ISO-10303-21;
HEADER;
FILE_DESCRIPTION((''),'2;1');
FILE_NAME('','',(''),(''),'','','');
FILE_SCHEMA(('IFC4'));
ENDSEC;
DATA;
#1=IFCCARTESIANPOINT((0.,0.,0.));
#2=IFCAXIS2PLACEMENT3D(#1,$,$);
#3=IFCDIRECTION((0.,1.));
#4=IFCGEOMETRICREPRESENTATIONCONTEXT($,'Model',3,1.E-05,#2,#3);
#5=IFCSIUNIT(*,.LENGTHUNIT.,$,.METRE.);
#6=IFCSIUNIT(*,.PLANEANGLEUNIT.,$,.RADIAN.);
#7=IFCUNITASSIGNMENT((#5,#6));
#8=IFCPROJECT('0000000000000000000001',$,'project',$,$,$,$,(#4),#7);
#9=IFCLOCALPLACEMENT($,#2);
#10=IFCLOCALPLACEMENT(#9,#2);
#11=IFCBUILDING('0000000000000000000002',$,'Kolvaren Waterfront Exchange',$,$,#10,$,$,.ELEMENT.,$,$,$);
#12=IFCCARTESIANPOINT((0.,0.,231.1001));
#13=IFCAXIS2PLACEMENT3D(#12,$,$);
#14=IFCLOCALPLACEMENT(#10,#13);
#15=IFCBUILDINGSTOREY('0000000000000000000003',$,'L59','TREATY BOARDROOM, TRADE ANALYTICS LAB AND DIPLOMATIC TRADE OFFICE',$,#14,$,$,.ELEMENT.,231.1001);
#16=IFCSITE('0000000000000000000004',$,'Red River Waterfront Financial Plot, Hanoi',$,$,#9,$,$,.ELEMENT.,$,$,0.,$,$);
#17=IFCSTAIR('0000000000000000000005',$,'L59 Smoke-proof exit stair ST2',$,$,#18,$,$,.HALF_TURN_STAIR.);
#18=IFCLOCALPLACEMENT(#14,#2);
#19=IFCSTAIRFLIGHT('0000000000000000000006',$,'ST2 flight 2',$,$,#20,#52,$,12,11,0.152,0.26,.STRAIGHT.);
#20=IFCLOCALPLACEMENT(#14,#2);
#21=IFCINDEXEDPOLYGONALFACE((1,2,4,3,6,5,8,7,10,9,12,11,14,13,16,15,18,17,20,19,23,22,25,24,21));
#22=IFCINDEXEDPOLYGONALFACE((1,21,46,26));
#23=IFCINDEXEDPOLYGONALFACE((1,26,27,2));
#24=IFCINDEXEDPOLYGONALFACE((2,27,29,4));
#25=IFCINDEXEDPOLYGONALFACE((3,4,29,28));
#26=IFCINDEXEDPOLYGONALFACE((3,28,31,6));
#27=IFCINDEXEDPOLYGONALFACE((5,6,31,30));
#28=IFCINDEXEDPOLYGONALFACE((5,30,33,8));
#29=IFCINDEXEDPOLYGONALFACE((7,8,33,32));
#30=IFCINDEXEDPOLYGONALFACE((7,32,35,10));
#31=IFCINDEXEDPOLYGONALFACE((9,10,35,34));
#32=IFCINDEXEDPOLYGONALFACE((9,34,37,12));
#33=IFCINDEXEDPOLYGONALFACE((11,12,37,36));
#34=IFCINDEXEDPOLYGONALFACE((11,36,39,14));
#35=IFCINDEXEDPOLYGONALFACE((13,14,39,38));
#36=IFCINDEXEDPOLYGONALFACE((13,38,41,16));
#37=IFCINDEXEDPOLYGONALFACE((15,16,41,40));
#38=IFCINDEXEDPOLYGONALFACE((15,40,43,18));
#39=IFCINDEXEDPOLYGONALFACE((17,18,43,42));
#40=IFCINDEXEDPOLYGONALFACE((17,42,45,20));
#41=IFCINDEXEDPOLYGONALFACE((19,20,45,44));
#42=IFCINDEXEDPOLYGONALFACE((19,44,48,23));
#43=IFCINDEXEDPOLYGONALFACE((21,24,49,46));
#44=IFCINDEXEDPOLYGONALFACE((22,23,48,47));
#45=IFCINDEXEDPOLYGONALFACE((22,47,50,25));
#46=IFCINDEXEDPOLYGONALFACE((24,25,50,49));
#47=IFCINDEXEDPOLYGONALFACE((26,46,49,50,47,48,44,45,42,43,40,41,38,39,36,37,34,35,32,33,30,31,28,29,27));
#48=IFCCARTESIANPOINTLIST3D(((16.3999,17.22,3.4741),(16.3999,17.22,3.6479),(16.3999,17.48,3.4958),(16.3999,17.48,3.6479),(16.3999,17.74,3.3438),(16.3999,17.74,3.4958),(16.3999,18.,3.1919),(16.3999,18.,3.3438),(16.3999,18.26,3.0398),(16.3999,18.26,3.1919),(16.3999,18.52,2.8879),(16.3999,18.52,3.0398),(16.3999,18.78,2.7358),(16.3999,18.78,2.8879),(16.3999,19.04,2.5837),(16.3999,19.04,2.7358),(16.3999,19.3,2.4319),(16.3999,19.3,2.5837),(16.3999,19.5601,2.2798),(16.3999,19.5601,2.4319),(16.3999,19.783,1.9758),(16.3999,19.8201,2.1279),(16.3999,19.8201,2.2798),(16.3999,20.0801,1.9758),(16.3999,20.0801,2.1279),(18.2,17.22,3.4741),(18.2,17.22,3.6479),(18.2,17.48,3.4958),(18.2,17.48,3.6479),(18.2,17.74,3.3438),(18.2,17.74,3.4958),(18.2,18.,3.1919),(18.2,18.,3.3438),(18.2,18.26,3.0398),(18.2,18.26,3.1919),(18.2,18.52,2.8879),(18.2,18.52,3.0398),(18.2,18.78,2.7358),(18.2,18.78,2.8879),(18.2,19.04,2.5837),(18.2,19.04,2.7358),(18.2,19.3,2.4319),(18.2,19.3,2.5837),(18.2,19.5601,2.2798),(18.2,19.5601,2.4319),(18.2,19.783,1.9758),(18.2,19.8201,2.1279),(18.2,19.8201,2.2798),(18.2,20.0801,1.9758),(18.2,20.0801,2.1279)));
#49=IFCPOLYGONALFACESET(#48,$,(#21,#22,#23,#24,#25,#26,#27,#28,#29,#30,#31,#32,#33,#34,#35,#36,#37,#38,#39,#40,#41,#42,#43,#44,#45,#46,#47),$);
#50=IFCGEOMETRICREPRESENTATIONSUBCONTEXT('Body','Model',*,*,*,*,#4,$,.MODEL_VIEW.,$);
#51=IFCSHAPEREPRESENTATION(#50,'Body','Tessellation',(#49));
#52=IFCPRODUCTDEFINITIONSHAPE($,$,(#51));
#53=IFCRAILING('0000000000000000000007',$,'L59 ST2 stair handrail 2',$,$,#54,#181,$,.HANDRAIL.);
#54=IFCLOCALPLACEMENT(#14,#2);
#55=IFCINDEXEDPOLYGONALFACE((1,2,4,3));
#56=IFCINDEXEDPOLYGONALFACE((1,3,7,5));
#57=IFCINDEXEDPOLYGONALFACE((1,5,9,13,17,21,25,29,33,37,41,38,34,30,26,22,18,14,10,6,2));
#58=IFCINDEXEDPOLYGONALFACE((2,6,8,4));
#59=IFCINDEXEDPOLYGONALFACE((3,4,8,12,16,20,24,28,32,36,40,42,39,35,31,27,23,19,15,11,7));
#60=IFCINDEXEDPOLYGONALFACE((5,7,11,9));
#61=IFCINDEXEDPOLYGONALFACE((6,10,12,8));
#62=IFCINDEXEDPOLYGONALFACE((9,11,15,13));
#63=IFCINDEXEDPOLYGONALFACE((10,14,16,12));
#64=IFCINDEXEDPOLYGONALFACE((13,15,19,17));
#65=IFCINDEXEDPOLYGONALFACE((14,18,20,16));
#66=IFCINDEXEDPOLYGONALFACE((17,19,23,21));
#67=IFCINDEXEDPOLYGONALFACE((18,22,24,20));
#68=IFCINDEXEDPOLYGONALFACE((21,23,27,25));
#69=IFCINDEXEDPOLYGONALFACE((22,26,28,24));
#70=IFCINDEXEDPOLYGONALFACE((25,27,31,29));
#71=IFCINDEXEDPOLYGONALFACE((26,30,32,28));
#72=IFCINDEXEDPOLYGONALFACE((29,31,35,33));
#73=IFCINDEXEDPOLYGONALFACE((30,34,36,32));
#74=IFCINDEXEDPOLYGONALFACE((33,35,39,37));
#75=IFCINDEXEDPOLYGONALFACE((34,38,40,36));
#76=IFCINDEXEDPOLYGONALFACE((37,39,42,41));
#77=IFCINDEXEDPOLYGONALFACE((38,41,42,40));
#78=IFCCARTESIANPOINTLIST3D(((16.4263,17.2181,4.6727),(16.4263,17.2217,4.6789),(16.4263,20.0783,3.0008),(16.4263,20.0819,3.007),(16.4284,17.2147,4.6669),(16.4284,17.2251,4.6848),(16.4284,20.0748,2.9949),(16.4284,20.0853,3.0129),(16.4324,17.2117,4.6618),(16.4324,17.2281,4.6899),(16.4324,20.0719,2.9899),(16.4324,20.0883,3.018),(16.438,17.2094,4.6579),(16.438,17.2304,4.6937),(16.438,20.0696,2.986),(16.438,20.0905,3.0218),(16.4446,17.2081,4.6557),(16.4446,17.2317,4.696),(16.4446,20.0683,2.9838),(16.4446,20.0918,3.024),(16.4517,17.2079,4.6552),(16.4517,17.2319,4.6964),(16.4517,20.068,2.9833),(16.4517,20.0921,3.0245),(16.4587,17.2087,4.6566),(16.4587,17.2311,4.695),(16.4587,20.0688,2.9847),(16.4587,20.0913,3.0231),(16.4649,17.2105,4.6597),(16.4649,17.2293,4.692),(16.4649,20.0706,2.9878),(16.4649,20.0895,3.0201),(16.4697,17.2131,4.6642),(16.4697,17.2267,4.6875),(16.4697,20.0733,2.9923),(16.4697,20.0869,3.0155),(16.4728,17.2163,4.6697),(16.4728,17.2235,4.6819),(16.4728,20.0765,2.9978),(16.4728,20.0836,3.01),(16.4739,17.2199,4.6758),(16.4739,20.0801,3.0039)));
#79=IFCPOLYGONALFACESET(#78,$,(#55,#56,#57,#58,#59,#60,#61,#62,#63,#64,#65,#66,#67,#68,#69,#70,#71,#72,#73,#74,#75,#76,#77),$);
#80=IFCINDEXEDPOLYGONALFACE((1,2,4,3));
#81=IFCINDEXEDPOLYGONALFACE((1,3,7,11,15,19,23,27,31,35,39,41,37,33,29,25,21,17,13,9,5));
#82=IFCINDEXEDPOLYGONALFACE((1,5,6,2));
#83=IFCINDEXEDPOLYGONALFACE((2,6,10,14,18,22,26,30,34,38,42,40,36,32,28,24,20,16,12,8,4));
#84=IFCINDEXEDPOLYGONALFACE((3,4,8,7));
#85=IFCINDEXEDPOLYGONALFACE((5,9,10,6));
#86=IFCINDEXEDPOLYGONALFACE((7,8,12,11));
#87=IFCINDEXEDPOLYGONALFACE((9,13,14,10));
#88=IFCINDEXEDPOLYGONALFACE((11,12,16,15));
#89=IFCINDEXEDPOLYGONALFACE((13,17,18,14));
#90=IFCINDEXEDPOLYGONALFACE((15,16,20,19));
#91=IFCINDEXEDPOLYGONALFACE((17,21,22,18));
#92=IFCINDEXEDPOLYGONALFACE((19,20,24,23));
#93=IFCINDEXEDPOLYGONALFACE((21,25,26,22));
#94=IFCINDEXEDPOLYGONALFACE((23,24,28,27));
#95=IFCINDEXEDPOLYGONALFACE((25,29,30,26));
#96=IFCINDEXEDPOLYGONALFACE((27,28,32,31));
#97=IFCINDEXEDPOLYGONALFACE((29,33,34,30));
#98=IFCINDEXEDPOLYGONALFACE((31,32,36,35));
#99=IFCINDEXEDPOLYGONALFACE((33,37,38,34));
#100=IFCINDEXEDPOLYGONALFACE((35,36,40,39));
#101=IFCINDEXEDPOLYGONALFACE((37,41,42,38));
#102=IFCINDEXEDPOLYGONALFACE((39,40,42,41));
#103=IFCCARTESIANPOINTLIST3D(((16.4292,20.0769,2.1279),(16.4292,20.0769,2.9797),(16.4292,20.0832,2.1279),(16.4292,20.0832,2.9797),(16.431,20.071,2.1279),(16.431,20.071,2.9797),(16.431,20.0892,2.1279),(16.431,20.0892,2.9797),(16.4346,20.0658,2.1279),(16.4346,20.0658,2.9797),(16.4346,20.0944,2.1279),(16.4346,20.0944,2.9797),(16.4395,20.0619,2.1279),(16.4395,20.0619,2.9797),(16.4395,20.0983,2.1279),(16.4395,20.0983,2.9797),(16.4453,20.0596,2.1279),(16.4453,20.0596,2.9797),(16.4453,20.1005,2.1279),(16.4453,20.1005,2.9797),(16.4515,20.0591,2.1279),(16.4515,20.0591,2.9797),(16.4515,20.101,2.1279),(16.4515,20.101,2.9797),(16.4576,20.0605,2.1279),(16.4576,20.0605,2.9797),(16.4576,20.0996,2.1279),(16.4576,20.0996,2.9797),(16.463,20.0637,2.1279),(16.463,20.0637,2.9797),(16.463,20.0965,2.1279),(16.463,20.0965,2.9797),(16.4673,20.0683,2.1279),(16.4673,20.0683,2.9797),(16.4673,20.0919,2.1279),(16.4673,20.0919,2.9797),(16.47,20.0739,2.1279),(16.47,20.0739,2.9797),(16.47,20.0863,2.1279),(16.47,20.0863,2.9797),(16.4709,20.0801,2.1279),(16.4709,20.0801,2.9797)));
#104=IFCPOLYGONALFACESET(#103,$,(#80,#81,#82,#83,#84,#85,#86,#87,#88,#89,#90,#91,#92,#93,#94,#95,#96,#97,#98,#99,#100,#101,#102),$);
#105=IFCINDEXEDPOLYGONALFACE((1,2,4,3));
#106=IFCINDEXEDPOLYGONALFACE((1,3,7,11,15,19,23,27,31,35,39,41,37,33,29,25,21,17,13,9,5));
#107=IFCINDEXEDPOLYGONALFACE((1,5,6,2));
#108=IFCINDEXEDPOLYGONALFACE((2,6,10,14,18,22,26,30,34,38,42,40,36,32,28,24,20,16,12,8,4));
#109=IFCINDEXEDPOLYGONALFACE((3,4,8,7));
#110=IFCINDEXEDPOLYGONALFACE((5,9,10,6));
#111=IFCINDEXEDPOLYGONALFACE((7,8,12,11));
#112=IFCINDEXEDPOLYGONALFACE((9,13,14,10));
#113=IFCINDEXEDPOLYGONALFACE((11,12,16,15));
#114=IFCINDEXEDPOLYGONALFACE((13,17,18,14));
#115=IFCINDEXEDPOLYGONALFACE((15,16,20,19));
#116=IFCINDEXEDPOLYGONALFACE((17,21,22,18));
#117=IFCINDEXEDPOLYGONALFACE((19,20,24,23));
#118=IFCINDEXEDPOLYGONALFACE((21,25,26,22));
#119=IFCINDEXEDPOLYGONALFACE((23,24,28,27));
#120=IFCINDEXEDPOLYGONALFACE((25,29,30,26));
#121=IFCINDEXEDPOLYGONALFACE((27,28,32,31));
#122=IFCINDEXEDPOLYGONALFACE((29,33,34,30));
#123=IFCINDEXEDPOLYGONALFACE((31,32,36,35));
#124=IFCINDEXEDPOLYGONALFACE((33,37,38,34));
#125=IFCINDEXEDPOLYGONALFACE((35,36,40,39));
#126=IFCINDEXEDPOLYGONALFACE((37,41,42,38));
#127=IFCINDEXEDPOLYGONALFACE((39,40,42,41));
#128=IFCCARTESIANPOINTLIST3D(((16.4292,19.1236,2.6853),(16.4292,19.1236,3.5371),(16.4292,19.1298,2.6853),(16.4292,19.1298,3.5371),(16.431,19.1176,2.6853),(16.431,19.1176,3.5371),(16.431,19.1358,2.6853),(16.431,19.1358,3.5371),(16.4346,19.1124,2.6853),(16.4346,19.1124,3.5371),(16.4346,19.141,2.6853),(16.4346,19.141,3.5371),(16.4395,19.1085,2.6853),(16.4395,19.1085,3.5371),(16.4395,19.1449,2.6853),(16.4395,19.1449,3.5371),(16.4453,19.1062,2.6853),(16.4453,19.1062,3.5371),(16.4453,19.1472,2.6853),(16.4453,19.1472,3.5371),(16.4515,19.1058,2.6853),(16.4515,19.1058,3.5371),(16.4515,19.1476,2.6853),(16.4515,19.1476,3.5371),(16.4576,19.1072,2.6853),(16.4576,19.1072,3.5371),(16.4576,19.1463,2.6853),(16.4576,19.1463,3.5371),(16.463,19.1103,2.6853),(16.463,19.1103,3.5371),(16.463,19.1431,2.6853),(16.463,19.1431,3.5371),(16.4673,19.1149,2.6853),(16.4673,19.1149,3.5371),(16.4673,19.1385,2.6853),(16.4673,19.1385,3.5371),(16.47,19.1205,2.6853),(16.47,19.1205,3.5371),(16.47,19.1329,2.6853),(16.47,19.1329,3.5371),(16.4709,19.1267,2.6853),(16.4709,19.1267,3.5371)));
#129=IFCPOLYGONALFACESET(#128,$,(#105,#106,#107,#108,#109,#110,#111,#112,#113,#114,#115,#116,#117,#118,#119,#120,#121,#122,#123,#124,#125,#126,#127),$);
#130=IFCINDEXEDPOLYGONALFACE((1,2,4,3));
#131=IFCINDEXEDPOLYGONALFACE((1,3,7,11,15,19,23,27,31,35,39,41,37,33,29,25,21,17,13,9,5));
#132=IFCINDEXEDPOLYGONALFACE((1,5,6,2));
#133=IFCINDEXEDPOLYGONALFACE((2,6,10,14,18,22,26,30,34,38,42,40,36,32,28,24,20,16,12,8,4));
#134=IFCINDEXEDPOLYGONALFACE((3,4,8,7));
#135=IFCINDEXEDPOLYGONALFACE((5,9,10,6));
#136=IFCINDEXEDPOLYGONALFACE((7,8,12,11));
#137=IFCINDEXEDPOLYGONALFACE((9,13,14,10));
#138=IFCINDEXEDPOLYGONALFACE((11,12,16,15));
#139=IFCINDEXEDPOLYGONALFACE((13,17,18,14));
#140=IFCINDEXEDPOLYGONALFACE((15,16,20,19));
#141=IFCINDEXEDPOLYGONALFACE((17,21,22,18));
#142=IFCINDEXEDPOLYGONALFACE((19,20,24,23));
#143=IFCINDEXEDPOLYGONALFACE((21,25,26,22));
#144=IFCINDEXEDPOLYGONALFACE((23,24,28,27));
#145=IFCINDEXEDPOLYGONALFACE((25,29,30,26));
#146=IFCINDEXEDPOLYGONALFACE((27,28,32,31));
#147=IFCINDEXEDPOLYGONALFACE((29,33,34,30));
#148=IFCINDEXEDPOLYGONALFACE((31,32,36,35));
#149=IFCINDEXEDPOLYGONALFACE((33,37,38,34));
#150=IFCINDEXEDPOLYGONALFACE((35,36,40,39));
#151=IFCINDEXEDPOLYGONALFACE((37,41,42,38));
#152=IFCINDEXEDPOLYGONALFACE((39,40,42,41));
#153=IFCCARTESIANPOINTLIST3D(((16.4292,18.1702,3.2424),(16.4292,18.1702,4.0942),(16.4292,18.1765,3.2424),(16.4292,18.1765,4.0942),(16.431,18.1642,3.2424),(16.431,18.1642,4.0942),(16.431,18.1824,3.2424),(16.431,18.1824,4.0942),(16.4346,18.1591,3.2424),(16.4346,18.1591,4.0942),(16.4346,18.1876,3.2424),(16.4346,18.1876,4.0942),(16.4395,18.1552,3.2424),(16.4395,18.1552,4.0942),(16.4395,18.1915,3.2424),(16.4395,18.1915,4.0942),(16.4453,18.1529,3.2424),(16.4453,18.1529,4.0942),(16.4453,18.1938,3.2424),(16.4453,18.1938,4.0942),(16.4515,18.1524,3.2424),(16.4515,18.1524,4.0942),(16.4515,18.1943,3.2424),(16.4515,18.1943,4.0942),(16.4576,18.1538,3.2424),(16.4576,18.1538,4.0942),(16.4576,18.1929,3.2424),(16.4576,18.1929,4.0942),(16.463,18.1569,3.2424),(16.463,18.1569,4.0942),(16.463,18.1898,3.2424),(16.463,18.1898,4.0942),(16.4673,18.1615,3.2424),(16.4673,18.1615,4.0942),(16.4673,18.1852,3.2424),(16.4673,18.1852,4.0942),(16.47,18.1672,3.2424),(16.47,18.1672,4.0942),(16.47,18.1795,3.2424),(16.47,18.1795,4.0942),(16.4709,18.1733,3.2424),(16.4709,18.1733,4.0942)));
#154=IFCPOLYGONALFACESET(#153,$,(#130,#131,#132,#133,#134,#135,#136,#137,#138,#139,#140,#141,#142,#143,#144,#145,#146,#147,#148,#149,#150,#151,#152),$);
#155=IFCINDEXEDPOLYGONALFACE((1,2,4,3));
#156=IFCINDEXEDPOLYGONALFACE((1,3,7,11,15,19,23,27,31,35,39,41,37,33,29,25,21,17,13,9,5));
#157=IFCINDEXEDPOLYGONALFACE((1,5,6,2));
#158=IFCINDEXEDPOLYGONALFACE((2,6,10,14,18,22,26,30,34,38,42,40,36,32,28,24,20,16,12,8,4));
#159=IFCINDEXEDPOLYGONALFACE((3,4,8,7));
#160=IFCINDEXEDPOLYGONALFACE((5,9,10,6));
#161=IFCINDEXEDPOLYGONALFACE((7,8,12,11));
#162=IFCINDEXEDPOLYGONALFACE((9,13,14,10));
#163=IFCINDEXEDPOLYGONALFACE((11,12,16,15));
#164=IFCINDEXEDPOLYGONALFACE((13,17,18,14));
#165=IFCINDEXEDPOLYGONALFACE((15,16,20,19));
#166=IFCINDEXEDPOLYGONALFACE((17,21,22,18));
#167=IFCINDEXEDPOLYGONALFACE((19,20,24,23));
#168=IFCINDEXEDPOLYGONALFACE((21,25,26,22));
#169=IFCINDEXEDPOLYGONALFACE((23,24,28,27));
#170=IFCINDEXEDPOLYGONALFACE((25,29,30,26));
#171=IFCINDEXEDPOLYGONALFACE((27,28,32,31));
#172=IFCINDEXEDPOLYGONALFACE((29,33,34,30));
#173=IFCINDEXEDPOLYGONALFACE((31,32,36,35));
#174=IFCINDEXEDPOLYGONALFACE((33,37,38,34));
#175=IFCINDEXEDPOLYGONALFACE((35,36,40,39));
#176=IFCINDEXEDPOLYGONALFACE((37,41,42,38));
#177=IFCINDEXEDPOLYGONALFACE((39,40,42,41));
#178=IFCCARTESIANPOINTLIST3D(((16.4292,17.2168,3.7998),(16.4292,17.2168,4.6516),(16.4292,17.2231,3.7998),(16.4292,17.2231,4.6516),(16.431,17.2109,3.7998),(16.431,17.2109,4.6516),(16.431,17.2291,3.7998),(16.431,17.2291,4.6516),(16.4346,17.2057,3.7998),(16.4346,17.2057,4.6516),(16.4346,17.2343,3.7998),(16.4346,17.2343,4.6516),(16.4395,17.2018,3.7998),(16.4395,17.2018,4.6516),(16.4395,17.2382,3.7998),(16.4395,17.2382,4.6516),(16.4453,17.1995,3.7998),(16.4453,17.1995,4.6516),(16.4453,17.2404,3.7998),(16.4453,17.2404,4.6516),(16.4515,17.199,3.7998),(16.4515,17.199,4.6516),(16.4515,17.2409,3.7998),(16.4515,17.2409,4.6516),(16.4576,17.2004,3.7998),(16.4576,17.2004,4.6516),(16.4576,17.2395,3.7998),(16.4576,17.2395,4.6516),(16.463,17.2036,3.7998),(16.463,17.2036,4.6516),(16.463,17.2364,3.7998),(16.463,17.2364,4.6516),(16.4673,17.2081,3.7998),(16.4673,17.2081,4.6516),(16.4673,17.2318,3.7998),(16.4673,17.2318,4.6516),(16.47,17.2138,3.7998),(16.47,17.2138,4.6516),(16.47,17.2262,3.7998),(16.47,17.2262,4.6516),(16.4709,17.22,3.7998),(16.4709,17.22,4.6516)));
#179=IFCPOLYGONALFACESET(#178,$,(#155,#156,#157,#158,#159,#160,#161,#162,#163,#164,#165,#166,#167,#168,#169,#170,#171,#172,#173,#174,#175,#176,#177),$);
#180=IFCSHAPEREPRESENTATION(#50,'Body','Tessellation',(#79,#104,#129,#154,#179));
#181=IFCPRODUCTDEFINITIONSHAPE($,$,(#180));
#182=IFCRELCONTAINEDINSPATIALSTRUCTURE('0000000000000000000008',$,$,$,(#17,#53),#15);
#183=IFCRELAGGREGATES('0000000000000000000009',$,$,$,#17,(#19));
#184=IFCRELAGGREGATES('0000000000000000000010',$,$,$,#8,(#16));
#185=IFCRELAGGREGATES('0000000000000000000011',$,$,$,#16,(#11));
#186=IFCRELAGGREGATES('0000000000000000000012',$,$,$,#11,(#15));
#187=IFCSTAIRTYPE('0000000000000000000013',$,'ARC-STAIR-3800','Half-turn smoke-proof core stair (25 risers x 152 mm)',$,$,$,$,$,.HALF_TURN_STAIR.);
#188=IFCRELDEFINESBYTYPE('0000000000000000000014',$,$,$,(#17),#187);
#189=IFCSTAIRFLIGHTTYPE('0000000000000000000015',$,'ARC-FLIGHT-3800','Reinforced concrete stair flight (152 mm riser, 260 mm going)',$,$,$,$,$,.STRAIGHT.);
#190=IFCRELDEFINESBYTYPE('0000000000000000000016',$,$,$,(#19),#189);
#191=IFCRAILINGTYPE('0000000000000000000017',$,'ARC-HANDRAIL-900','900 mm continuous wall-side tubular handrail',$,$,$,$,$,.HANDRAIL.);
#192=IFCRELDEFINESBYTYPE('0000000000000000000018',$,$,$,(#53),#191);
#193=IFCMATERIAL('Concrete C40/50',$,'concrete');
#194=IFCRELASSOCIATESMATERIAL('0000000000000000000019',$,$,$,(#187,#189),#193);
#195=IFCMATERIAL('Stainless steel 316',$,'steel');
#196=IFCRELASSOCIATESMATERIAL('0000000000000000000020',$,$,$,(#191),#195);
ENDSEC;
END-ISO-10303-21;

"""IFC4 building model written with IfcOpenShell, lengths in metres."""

from ifc_helpers import new_model, si_unit, direction, frame, origin, origin_2d, place, context, subcontext, project, spatial, polyline, circle, outline, extrude, material, type_object, element, aggregate, save


model = new_model("IFC4")

# Units and contexts
model_context = context("Model", 3, precision=1e-05, world=origin(), true_north=direction((0.0, 1.0)))
body_context = subcontext(model_context, "Body", "Model", "MODEL_VIEW")
ifc_project = project(units=[si_unit("LENGTHUNIT", "METRE"), si_unit("PLANEANGLEUNIT", "RADIAN")], contexts=[model_context])

# Site, building, storey
site_placement = place(None, origin())
site = spatial("IfcSite", under=ifc_project, at=site_placement, Name="Red River Waterfront Financial Plot, Hanoi", CompositionType="ELEMENT", RefElevation=0.0)
building_placement = place(site_placement, origin())
building = spatial("IfcBuilding", under=site, at=building_placement, Name="Kolvaren Waterfront Exchange", CompositionType="ELEMENT")
storey_placement = place(building_placement, frame((0.0, 0.0, 231.1001)))
storey = spatial("IfcBuildingStorey", under=building, at=storey_placement, Name="L59", Description="TREATY BOARDROOM, TRADE ANALYTICS LAB AND DIPLOMATIC TRADE OFFICE", CompositionType="ELEMENT", Elevation=231.1001)

# Shared definitions
ifc_material_1 = material(Name="Concrete C40/50", Category="concrete")

# Stair, stair flight
stair_type = type_object("IfcStairType", Name="ARC-STAIR-3800", Description="Half-turn smoke-proof core stair (25 risers x 152 mm)", PredefinedType="HALF_TURN_STAIR", material=ifc_material_1)
stair_placement = place(storey_placement, origin())
stair = element("IfcStair", 1, at=stair_placement, inside=storey, type_object=stair_type, Name="L59 Smoke-proof exit stair ST2", PredefinedType="HALF_TURN_STAIR")
stair_flight_type = type_object("IfcStairFlightType", Name="ARC-FLIGHT-3800", Description="Reinforced concrete stair flight (152 mm riser, 260 mm going)", PredefinedType="STRAIGHT", material=ifc_material_1)
stair_flight_placement = place(storey_placement, frame((17.3, 20.0801, 1.9758), z_axis=(0.0, 0.0, 1.0), x_axis=(0.0, -1.0, 0.0)))
stair_flight = element("IfcStairFlight", 2, at=stair_flight_placement, type_object=stair_flight_type, Name="ST2 flight 2", NumberOfRisers=12, NumberOfTreads=11, PredefinedType="STRAIGHT", RiserHeight=0.152, TreadLength=0.26, context=body_context, shape_type="SweptSolid", body=[
    extrude(outline(polyline([(0.0, 0.0), (0.0, 0.1521), (0.26, 0.1521), (0.26, 0.304), (0.52, 0.304), (0.52, 0.4561), (0.78, 0.4561), (0.78, 0.6079), (1.04, 0.6079), (1.04, 0.76), (1.3, 0.76), (1.3, 0.9121), (1.5601, 0.9121), (1.5601, 1.064), (1.8201, 1.064), (1.8201, 1.2161), (2.0801, 1.2161), (2.0801, 1.3679), (2.3401, 1.3679), (2.3401, 1.52), (2.6001, 1.52), (2.6001, 1.6721), (2.8601, 1.6721), (2.8601, 1.824), (2.8601, 1.4983), (0.2971, 0.0), (0.0, 0.0)])), frame((0.0, 0.8999, 0.0), z_axis=(0.0, -1.0, 0.0), x_axis=(1.0, 0.0, 0.0)), (0.0, 0.0, 1.0), 1.8),
])
aggregate(stair, [stair_flight])

# Railing
ifc_material_2 = material(Name="Stainless steel 316", Category="steel")
railing_type = type_object("IfcRailingType", Name="ARC-HANDRAIL-900", Description="900 mm continuous wall-side tubular handrail", PredefinedType="HANDRAIL", material=ifc_material_2)
railing_placement = place(storey_placement, frame((16.45, 20.0801, 2.1279)))
element("IfcRailing", 3, at=railing_placement, inside=storey, type_object=railing_type, Name="L59 ST2 stair handrail 2", PredefinedType="HANDRAIL", context=body_context, shape_type="SweptSolid", body=[
    extrude(circle(Radius=0.0239, at=origin_2d()), frame((0.0, 0.0, 0.876), z_axis=(0.0, -0.863321, 0.504654), x_axis=(1.0, 0.0, 0.0)), (0.0, 0.0, 1.0), 3.313),
    extrude(circle(Radius=0.021, at=origin_2d()), origin(), (0.0, 0.0, 1.0), 0.8518),
    extrude(circle(Radius=0.021, at=origin_2d()), frame((0.0, -0.9534, 0.5574)), (0.0, 0.0, 1.0), 0.8518),
    extrude(circle(Radius=0.021, at=origin_2d()), frame((0.0, -1.9067, 1.1145)), (0.0, 0.0, 1.0), 0.8518),
    extrude(circle(Radius=0.021, at=origin_2d()), frame((0.0, -2.8601, 1.6719)), (0.0, 0.0, 1.0), 0.8518),
])

save(model, "model.ifc")
